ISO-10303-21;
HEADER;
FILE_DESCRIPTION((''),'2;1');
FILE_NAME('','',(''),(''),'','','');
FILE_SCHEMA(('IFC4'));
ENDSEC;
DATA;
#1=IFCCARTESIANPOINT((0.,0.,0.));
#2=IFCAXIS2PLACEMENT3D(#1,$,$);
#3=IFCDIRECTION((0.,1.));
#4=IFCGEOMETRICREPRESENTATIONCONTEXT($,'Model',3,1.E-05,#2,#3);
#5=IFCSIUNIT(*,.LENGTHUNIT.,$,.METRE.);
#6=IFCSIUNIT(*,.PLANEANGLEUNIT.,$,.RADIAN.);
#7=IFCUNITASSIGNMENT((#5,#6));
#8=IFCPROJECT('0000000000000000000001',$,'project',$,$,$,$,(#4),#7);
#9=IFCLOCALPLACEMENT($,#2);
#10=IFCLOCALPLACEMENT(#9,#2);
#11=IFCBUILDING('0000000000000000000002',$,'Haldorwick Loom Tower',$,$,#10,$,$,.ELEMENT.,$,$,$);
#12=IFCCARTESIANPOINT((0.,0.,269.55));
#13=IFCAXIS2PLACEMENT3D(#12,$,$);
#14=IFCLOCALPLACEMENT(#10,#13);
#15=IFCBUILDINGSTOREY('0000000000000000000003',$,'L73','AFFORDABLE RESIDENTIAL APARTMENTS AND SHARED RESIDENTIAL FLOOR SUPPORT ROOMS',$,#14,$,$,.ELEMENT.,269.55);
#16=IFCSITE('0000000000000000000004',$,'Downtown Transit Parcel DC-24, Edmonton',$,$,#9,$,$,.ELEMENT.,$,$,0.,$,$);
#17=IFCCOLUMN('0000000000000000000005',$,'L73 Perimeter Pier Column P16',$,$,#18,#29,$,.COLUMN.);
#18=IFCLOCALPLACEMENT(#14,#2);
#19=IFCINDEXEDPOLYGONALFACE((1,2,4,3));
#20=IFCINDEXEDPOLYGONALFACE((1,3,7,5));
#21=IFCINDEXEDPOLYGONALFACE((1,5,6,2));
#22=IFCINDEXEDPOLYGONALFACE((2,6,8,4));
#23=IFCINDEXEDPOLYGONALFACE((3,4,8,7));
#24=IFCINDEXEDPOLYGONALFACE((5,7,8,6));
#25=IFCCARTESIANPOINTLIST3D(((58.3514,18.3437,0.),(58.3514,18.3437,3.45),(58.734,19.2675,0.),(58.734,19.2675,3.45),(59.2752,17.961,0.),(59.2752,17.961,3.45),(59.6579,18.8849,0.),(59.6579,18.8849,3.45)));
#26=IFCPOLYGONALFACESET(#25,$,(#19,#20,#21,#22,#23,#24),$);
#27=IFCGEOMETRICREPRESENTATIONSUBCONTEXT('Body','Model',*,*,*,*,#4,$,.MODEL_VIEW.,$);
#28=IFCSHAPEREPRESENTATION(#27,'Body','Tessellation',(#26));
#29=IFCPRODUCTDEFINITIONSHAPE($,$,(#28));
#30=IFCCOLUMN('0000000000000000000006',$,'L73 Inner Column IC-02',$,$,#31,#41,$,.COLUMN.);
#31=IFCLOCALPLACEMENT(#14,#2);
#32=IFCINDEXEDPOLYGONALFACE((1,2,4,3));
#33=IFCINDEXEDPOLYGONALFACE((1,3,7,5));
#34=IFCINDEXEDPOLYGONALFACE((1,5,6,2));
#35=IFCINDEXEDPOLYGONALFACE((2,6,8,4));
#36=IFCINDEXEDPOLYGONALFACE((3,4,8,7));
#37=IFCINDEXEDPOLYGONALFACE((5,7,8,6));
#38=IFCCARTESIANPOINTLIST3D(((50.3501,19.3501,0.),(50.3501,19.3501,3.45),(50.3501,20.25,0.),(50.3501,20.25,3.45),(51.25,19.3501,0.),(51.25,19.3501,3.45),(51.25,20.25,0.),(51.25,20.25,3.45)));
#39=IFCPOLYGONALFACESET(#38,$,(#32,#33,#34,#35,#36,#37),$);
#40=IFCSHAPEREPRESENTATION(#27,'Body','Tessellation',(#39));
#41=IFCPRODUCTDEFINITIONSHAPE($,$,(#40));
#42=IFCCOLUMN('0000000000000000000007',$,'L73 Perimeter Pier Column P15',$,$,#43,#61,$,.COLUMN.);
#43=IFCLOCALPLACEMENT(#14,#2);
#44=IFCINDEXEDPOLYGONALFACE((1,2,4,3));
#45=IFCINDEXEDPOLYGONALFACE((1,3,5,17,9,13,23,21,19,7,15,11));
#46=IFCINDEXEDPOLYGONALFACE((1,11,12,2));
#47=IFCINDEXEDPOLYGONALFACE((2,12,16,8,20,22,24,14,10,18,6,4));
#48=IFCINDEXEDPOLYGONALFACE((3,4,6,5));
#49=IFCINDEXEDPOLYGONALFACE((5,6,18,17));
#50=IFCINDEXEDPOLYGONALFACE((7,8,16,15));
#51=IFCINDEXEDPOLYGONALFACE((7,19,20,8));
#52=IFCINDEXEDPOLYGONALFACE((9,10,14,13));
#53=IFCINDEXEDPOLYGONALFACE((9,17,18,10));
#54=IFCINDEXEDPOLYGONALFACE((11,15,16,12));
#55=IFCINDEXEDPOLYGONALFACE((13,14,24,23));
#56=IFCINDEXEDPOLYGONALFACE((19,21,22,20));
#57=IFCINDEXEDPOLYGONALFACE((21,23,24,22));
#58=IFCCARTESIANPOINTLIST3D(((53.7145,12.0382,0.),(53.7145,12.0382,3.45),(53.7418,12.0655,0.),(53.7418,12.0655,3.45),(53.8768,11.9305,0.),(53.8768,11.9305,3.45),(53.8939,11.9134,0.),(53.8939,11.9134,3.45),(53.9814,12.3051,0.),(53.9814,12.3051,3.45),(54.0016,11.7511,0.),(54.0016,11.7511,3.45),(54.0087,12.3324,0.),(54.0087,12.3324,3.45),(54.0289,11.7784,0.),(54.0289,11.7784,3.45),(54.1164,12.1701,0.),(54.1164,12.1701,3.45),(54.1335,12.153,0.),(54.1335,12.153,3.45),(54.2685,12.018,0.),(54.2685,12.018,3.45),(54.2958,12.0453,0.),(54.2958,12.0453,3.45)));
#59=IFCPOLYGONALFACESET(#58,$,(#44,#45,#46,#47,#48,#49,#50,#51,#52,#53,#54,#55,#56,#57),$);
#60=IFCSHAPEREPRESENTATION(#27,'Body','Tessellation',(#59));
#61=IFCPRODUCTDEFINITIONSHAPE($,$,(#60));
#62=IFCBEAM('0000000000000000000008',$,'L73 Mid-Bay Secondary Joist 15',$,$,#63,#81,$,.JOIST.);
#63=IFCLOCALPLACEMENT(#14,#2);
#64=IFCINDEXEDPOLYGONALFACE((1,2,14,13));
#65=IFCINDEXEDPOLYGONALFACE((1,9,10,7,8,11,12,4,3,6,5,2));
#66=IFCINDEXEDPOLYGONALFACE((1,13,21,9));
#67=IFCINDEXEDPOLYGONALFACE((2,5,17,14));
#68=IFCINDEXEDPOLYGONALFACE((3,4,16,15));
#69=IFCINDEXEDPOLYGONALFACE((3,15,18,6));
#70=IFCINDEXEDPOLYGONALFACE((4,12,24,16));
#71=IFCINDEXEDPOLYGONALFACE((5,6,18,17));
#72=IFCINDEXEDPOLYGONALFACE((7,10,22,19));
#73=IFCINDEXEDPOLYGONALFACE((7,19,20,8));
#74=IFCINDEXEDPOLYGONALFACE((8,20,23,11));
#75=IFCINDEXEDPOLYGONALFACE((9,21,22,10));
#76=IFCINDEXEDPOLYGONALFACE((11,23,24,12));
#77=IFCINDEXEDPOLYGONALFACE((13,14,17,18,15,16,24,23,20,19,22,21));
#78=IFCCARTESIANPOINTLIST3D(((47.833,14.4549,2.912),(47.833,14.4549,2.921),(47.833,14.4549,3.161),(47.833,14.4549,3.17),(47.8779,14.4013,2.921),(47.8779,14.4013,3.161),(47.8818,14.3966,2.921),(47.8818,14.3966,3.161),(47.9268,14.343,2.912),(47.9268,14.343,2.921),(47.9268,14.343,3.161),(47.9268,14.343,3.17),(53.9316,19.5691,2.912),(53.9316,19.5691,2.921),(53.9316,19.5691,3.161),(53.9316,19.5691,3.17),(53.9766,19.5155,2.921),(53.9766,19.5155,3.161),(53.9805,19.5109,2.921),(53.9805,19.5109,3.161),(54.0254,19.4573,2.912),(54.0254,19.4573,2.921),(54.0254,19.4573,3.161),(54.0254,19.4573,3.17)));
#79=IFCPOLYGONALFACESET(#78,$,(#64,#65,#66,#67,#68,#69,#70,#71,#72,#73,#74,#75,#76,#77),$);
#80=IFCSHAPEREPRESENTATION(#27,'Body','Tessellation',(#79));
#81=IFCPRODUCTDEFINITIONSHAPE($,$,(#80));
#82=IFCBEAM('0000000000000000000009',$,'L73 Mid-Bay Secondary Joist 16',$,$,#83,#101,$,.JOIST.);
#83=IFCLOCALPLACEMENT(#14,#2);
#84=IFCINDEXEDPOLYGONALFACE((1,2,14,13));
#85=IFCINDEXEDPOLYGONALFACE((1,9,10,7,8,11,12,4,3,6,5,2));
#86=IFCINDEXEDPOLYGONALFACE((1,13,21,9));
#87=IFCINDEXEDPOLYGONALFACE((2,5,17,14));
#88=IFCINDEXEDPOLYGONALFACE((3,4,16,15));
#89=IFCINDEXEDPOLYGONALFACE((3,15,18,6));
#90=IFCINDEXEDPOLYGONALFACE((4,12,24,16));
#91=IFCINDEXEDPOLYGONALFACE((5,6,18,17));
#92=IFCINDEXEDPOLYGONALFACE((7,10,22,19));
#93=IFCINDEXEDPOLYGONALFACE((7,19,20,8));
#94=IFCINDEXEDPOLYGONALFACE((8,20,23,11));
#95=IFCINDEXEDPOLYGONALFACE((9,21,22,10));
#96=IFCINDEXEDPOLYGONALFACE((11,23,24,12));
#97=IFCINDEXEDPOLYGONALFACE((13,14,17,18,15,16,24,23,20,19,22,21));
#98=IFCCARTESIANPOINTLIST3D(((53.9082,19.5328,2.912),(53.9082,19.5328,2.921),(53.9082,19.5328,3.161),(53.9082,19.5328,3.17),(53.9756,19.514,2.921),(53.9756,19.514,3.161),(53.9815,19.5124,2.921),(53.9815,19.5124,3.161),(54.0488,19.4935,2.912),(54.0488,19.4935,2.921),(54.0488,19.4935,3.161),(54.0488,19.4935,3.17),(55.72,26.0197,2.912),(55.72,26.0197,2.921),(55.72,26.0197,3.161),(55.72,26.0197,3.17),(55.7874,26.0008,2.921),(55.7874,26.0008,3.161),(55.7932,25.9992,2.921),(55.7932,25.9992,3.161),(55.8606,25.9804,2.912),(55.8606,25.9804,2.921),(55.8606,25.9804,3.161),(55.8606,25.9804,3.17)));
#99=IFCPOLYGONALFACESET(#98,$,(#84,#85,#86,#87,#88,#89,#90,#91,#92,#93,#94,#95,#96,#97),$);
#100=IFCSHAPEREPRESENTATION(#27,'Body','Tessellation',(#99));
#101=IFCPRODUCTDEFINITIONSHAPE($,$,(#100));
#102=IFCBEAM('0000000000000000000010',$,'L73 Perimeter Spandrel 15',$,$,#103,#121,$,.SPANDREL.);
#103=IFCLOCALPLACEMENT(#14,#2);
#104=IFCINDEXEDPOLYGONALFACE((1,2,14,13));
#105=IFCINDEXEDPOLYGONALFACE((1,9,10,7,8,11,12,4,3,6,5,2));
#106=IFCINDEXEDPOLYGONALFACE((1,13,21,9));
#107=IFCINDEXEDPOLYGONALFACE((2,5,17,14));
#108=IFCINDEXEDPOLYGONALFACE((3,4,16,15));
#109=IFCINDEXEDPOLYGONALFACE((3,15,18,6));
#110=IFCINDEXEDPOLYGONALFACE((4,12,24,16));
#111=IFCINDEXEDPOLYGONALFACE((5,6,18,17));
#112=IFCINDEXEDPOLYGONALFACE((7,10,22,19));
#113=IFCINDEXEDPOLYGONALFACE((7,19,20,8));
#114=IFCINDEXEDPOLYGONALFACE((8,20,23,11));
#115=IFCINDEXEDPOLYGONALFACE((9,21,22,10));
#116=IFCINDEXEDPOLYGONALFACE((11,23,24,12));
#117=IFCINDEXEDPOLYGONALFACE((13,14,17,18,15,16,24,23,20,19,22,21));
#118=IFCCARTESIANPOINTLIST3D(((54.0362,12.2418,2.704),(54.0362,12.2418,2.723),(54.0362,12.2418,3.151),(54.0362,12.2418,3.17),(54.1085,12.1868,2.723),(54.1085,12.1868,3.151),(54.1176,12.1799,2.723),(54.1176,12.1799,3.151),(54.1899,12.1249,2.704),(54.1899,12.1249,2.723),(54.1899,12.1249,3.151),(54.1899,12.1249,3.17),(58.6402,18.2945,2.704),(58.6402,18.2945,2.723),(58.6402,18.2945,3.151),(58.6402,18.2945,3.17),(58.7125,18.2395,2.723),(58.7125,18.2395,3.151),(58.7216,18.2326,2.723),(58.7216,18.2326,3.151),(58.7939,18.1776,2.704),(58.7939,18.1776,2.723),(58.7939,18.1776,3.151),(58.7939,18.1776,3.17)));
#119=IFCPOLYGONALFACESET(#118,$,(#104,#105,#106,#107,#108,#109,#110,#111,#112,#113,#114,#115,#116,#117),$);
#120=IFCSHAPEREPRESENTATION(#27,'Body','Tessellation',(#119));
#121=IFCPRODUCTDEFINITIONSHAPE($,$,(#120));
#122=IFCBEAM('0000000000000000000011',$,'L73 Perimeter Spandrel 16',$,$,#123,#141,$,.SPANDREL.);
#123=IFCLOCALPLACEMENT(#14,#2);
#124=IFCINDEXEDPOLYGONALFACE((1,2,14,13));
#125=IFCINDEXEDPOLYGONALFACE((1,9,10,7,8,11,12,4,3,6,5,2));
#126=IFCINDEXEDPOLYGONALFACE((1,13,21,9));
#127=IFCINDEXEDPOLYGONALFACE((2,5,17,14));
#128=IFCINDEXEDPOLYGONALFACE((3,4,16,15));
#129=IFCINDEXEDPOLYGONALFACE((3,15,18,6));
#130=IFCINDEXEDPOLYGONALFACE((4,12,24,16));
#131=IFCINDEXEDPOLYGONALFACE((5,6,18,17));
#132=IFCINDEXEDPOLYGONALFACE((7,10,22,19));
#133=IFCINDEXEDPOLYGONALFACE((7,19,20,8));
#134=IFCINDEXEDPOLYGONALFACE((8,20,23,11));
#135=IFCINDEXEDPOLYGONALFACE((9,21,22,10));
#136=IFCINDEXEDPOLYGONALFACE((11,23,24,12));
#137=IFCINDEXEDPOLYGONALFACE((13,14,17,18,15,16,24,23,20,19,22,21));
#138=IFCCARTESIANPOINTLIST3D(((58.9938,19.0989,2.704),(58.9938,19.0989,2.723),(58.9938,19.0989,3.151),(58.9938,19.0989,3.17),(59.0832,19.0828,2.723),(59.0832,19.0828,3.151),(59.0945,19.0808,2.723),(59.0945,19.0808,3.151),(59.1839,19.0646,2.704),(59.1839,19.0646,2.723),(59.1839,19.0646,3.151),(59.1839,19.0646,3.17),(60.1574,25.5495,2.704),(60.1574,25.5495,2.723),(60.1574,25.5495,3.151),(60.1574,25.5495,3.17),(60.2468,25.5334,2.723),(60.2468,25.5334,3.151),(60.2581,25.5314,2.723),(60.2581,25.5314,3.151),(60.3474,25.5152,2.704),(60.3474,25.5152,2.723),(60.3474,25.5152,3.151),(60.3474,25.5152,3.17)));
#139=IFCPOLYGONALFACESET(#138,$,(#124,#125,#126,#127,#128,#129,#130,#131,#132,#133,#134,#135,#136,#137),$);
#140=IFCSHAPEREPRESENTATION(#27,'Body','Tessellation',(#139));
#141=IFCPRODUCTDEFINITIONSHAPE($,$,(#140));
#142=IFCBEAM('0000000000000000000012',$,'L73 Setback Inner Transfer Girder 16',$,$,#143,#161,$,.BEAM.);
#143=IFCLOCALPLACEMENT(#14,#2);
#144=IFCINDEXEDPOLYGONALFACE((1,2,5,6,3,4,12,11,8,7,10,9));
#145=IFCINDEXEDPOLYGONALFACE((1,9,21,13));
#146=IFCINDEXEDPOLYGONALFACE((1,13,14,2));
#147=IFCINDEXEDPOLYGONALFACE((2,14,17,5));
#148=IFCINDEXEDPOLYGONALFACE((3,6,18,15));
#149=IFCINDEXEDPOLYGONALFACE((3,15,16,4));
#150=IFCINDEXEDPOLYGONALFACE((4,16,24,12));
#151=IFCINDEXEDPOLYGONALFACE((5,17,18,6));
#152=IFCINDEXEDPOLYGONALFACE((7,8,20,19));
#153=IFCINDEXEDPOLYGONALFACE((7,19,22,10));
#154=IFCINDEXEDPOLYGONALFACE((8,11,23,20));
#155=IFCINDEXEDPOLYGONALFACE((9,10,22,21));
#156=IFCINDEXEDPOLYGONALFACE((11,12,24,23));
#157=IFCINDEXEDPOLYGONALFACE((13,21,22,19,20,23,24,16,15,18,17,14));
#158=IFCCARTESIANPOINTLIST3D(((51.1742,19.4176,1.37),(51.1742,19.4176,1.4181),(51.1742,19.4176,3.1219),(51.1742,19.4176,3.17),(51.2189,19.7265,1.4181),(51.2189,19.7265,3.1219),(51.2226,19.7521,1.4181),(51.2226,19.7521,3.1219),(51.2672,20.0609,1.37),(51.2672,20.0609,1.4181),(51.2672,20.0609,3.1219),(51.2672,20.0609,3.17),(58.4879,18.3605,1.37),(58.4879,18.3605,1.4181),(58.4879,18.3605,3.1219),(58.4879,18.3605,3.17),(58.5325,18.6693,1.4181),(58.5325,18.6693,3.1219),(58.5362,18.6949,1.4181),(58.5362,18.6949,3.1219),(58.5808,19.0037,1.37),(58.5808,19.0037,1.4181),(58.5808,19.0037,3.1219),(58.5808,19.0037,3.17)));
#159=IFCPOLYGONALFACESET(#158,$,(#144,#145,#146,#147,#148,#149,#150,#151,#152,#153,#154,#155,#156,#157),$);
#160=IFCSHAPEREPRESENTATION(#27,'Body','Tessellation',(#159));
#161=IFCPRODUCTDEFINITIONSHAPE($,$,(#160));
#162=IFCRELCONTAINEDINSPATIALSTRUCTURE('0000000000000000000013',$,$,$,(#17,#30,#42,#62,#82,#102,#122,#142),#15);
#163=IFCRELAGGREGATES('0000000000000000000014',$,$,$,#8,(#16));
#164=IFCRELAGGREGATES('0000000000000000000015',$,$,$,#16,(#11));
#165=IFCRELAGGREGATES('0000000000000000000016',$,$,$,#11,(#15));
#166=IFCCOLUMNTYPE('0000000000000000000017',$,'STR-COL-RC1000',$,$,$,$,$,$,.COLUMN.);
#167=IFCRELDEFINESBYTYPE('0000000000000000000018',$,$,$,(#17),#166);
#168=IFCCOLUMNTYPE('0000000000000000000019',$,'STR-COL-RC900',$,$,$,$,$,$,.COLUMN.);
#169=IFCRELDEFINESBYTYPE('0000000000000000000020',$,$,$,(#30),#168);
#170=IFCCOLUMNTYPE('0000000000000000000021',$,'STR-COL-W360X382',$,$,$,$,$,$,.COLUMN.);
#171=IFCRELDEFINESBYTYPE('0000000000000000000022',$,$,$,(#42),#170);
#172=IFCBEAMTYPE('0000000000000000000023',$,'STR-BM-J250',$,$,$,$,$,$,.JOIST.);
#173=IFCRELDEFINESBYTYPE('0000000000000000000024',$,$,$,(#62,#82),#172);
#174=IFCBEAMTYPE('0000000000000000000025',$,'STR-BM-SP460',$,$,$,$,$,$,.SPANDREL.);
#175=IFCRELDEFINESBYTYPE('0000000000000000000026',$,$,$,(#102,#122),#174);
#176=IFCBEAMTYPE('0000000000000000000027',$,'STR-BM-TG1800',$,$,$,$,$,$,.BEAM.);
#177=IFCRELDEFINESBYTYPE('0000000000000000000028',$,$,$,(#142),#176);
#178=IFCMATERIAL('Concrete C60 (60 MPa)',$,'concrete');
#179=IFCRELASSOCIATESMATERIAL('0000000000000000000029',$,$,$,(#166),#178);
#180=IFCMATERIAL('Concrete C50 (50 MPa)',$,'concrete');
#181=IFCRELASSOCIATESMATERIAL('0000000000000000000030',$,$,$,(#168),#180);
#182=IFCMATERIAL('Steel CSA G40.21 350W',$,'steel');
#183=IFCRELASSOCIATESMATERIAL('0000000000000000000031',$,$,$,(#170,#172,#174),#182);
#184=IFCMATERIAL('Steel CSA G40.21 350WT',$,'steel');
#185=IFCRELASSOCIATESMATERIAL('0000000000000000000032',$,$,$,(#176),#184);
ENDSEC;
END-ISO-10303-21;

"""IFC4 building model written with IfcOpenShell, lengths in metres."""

from ifc_helpers import new_model, si_unit, direction, frame, origin, origin_2d, place, context, subcontext, project, spatial, rectangle, i_section, extrude, material, material_profile, profile_set, type_object, element, save


model = new_model("IFC4")

# Units and contexts
model_context = context("Model", 3, precision=1e-05, world=origin(), true_north=direction((0.0, 1.0)))
body_context = subcontext(model_context, "Body", "Model", "MODEL_VIEW")
ifc_project = project(units=[si_unit("LENGTHUNIT", "METRE"), si_unit("PLANEANGLEUNIT", "RADIAN")], contexts=[model_context])

# Site, building, storey
site_placement = place(None, origin())
site = spatial("IfcSite", under=ifc_project, at=site_placement, Name="Downtown Transit Parcel DC-24, Edmonton", CompositionType="ELEMENT", RefElevation=0.0)
building_placement = place(site_placement, origin())
building = spatial("IfcBuilding", under=site, at=building_placement, Name="Haldorwick Loom Tower", CompositionType="ELEMENT")
storey_placement = place(building_placement, frame((0.0, 0.0, 269.55)))
storey = spatial("IfcBuildingStorey", under=building, at=storey_placement, Name="L73", Description="AFFORDABLE RESIDENTIAL APARTMENTS AND SHARED RESIDENTIAL FLOOR SUPPORT ROOMS", CompositionType="ELEMENT", Elevation=269.55)

# Columns
ifc_material_1 = material(Name="Concrete C60 (60 MPa)", Category="concrete")
ifc_material_profile_1 = material_profile(ifc_material_1, rectangle(XDim=1.0, YDim=1.0, at=origin_2d()), Name="RC1000X1000", Category="concrete")
ifc_profile_set_1 = profile_set([ifc_material_profile_1], Name="Concrete C60 (60 MPa)")
column_type_1 = type_object("IfcColumnType", Name="STR-COL-RC1000", PredefinedType="COLUMN", material=ifc_profile_set_1)
column_1_placement = place(storey_placement, frame((59.0046, 18.6143, 0.0), z_axis=(0.0, 0.0, 1.0), x_axis=(0.92388, -0.382683, 0.0)))
element("IfcColumn", 1, at=column_1_placement, inside=storey, type_object=column_type_1, Name="L73 Perimeter Pier Column P16", PredefinedType="COLUMN", context=body_context, shape_type="SweptSolid", body=[
    extrude(rectangle(XDim=1.0, YDim=1.0, at=origin_2d()), origin(), (0.0, 0.0, 1.0), 3.45),
])
ifc_material_2 = material(Name="Concrete C50 (50 MPa)", Category="concrete")
ifc_material_profile_2 = material_profile(ifc_material_2, rectangle(XDim=0.8999, YDim=0.8999, at=origin_2d()), Name="RC900X900", Category="concrete")
ifc_profile_set_2 = profile_set([ifc_material_profile_2], Name="Concrete C50 (50 MPa)")
column_type_2 = type_object("IfcColumnType", Name="STR-COL-RC900", PredefinedType="COLUMN", material=ifc_profile_set_2)
column_2_placement = place(storey_placement, frame((50.8, 19.8, 0.0), z_axis=(0.0, 0.0, 1.0), x_axis=(1.0, 0.0, 0.0)))
element("IfcColumn", 2, at=column_2_placement, inside=storey, type_object=column_type_2, Name="L73 Inner Column IC-02", PredefinedType="COLUMN", context=body_context, shape_type="SweptSolid", body=[
    extrude(rectangle(XDim=0.8999, YDim=0.8999, at=origin_2d()), origin(), (0.0, 0.0, 1.0), 3.45),
])
ifc_material_3 = material(Name="Steel CSA G40.21 350W", Category="steel")
ifc_material_profile_3 = material_profile(ifc_material_3, i_section(OverallWidth=0.406, OverallDepth=0.416, WebThickness=0.0242, FlangeThickness=0.0386, at=origin_2d()), Name="W360X382", Category="steel")
ifc_profile_set_3 = profile_set([ifc_material_profile_3], Name="Steel CSA G40.21 350W")
column_type_3 = type_object("IfcColumnType", Name="STR-COL-W360X382", PredefinedType="COLUMN", material=ifc_profile_set_3)
column_3_placement = place(storey_placement, frame((54.0051, 12.0417, 0.0), z_axis=(0.0, 0.0, 1.0), x_axis=(0.707107, -0.707107, 0.0)))
element("IfcColumn", 3, at=column_3_placement, inside=storey, type_object=column_type_3, Name="L73 Perimeter Pier Column P15", PredefinedType="COLUMN", context=body_context, shape_type="SweptSolid", body=[
    extrude(i_section(OverallWidth=0.406, OverallDepth=0.416, WebThickness=0.0242, FlangeThickness=0.0386, at=origin_2d()), origin(), (0.0, 0.0, 1.0), 3.45),
])

# Beams
ifc_material_profile_4 = material_profile(ifc_material_3, i_section(OverallWidth=0.146, OverallDepth=0.2581, WebThickness=0.0061, FlangeThickness=0.009, at=origin_2d()), Name="W250X33", Category="steel")
ifc_profile_set_4 = profile_set([ifc_material_profile_4], Name="Steel CSA G40.21 350W")
beam_type_1 = type_object("IfcBeamType", Name="STR-BM-J250", PredefinedType="JOIST", material=ifc_profile_set_4)
beam_1_placement = place(storey_placement, frame((47.8799, 14.3989, 3.041), z_axis=(0.766236, 0.642559, 0.0), x_axis=(-0.642559, 0.766236, 0.0)))
element("IfcBeam", 4, at=beam_1_placement, inside=storey, type_object=beam_type_1, Name="L73 Mid-Bay Secondary Joist 15", PredefinedType="JOIST", context=body_context, shape_type="SweptSolid", body=[
    extrude(i_section(OverallWidth=0.146, OverallDepth=0.2581, WebThickness=0.0061, FlangeThickness=0.009, at=origin_2d()), origin(), (0.0, 0.0, 1.0), 7.9592),
])
beam_2_placement = place(storey_placement, frame((53.9785, 19.5132, 3.041), z_axis=(0.269005, 0.963139, 0.0), x_axis=(-0.963139, 0.269005, 0.0)))
element("IfcBeam", 5, at=beam_2_placement, inside=storey, type_object=beam_type_1, Name="L73 Mid-Bay Secondary Joist 16", PredefinedType="JOIST", context=body_context, shape_type="SweptSolid", body=[
    extrude(i_section(OverallWidth=0.146, OverallDepth=0.2581, WebThickness=0.0061, FlangeThickness=0.009, at=origin_2d()), origin(), (0.0, 0.0, 1.0), 6.7351),
])
ifc_material_profile_5 = material_profile(ifc_material_3, i_section(OverallWidth=0.1931, OverallDepth=0.4661, WebThickness=0.0115, FlangeThickness=0.019, at=origin_2d()), Name="W460X97", Category="steel")
ifc_profile_set_5 = profile_set([ifc_material_profile_5], Name="Steel CSA G40.21 350W")
beam_type_2 = type_object("IfcBeamType", Name="STR-BM-SP460", PredefinedType="SPANDREL", material=ifc_profile_set_5)
beam_3_placement = place(storey_placement, frame((54.113, 12.1833, 2.937), z_axis=(0.60541, 0.795913, 0.0), x_axis=(-0.795913, 0.60541, 0.0)))
element("IfcBeam", 6, at=beam_3_placement, inside=storey, type_object=beam_type_2, Name="L73 Perimeter Spandrel 15", PredefinedType="SPANDREL", context=body_context, shape_type="SweptSolid", body=[
    extrude(i_section(OverallWidth=0.1931, OverallDepth=0.4661, WebThickness=0.0115, FlangeThickness=0.019, at=origin_2d()), origin(), (0.0, 0.0, 1.0), 7.6047),
])
beam_4_placement = place(storey_placement, frame((59.0889, 19.0818, 2.937), z_axis=(0.177515, 0.984118, 0.0), x_axis=(-0.984118, 0.177515, 0.0)))
element("IfcBeam", 7, at=beam_4_placement, inside=storey, type_object=beam_type_2, Name="L73 Perimeter Spandrel 16", PredefinedType="SPANDREL", context=body_context, shape_type="SweptSolid", body=[
    extrude(i_section(OverallWidth=0.1931, OverallDepth=0.4661, WebThickness=0.0115, FlangeThickness=0.019, at=origin_2d()), origin(), (0.0, 0.0, 1.0), 6.5547),
])
ifc_material_4 = material(Name="Steel CSA G40.21 350WT", Category="steel")
ifc_material_profile_6 = material_profile(ifc_material_4, i_section(OverallWidth=0.6499, OverallDepth=1.8, WebThickness=0.0259, FlangeThickness=0.0481, at=origin_2d()), Name="WWF1800X650", Category="steel")
ifc_profile_set_6 = profile_set([ifc_material_profile_6], Name="Steel CSA G40.21 350WT")
beam_type_3 = type_object("IfcBeamType", Name="STR-BM-TG1800", PredefinedType="BEAM", material=ifc_profile_set_6)
beam_5_placement = place(storey_placement, frame((51.2207, 19.7393, 2.27), z_axis=(0.989715, -0.143054, 0.0), x_axis=(0.143054, 0.989715, 0.0)))
element("IfcBeam", 8, at=beam_5_placement, inside=storey, type_object=beam_type_3, Name="L73 Setback Inner Transfer Girder 16", PredefinedType="BEAM", context=body_context, shape_type="SweptSolid", body=[
    extrude(i_section(OverallWidth=0.6499, OverallDepth=1.8, WebThickness=0.0259, FlangeThickness=0.0481, at=origin_2d()), origin(), (0.0, 0.0, 1.0), 7.3896),
])

save(model, "model.ifc")
